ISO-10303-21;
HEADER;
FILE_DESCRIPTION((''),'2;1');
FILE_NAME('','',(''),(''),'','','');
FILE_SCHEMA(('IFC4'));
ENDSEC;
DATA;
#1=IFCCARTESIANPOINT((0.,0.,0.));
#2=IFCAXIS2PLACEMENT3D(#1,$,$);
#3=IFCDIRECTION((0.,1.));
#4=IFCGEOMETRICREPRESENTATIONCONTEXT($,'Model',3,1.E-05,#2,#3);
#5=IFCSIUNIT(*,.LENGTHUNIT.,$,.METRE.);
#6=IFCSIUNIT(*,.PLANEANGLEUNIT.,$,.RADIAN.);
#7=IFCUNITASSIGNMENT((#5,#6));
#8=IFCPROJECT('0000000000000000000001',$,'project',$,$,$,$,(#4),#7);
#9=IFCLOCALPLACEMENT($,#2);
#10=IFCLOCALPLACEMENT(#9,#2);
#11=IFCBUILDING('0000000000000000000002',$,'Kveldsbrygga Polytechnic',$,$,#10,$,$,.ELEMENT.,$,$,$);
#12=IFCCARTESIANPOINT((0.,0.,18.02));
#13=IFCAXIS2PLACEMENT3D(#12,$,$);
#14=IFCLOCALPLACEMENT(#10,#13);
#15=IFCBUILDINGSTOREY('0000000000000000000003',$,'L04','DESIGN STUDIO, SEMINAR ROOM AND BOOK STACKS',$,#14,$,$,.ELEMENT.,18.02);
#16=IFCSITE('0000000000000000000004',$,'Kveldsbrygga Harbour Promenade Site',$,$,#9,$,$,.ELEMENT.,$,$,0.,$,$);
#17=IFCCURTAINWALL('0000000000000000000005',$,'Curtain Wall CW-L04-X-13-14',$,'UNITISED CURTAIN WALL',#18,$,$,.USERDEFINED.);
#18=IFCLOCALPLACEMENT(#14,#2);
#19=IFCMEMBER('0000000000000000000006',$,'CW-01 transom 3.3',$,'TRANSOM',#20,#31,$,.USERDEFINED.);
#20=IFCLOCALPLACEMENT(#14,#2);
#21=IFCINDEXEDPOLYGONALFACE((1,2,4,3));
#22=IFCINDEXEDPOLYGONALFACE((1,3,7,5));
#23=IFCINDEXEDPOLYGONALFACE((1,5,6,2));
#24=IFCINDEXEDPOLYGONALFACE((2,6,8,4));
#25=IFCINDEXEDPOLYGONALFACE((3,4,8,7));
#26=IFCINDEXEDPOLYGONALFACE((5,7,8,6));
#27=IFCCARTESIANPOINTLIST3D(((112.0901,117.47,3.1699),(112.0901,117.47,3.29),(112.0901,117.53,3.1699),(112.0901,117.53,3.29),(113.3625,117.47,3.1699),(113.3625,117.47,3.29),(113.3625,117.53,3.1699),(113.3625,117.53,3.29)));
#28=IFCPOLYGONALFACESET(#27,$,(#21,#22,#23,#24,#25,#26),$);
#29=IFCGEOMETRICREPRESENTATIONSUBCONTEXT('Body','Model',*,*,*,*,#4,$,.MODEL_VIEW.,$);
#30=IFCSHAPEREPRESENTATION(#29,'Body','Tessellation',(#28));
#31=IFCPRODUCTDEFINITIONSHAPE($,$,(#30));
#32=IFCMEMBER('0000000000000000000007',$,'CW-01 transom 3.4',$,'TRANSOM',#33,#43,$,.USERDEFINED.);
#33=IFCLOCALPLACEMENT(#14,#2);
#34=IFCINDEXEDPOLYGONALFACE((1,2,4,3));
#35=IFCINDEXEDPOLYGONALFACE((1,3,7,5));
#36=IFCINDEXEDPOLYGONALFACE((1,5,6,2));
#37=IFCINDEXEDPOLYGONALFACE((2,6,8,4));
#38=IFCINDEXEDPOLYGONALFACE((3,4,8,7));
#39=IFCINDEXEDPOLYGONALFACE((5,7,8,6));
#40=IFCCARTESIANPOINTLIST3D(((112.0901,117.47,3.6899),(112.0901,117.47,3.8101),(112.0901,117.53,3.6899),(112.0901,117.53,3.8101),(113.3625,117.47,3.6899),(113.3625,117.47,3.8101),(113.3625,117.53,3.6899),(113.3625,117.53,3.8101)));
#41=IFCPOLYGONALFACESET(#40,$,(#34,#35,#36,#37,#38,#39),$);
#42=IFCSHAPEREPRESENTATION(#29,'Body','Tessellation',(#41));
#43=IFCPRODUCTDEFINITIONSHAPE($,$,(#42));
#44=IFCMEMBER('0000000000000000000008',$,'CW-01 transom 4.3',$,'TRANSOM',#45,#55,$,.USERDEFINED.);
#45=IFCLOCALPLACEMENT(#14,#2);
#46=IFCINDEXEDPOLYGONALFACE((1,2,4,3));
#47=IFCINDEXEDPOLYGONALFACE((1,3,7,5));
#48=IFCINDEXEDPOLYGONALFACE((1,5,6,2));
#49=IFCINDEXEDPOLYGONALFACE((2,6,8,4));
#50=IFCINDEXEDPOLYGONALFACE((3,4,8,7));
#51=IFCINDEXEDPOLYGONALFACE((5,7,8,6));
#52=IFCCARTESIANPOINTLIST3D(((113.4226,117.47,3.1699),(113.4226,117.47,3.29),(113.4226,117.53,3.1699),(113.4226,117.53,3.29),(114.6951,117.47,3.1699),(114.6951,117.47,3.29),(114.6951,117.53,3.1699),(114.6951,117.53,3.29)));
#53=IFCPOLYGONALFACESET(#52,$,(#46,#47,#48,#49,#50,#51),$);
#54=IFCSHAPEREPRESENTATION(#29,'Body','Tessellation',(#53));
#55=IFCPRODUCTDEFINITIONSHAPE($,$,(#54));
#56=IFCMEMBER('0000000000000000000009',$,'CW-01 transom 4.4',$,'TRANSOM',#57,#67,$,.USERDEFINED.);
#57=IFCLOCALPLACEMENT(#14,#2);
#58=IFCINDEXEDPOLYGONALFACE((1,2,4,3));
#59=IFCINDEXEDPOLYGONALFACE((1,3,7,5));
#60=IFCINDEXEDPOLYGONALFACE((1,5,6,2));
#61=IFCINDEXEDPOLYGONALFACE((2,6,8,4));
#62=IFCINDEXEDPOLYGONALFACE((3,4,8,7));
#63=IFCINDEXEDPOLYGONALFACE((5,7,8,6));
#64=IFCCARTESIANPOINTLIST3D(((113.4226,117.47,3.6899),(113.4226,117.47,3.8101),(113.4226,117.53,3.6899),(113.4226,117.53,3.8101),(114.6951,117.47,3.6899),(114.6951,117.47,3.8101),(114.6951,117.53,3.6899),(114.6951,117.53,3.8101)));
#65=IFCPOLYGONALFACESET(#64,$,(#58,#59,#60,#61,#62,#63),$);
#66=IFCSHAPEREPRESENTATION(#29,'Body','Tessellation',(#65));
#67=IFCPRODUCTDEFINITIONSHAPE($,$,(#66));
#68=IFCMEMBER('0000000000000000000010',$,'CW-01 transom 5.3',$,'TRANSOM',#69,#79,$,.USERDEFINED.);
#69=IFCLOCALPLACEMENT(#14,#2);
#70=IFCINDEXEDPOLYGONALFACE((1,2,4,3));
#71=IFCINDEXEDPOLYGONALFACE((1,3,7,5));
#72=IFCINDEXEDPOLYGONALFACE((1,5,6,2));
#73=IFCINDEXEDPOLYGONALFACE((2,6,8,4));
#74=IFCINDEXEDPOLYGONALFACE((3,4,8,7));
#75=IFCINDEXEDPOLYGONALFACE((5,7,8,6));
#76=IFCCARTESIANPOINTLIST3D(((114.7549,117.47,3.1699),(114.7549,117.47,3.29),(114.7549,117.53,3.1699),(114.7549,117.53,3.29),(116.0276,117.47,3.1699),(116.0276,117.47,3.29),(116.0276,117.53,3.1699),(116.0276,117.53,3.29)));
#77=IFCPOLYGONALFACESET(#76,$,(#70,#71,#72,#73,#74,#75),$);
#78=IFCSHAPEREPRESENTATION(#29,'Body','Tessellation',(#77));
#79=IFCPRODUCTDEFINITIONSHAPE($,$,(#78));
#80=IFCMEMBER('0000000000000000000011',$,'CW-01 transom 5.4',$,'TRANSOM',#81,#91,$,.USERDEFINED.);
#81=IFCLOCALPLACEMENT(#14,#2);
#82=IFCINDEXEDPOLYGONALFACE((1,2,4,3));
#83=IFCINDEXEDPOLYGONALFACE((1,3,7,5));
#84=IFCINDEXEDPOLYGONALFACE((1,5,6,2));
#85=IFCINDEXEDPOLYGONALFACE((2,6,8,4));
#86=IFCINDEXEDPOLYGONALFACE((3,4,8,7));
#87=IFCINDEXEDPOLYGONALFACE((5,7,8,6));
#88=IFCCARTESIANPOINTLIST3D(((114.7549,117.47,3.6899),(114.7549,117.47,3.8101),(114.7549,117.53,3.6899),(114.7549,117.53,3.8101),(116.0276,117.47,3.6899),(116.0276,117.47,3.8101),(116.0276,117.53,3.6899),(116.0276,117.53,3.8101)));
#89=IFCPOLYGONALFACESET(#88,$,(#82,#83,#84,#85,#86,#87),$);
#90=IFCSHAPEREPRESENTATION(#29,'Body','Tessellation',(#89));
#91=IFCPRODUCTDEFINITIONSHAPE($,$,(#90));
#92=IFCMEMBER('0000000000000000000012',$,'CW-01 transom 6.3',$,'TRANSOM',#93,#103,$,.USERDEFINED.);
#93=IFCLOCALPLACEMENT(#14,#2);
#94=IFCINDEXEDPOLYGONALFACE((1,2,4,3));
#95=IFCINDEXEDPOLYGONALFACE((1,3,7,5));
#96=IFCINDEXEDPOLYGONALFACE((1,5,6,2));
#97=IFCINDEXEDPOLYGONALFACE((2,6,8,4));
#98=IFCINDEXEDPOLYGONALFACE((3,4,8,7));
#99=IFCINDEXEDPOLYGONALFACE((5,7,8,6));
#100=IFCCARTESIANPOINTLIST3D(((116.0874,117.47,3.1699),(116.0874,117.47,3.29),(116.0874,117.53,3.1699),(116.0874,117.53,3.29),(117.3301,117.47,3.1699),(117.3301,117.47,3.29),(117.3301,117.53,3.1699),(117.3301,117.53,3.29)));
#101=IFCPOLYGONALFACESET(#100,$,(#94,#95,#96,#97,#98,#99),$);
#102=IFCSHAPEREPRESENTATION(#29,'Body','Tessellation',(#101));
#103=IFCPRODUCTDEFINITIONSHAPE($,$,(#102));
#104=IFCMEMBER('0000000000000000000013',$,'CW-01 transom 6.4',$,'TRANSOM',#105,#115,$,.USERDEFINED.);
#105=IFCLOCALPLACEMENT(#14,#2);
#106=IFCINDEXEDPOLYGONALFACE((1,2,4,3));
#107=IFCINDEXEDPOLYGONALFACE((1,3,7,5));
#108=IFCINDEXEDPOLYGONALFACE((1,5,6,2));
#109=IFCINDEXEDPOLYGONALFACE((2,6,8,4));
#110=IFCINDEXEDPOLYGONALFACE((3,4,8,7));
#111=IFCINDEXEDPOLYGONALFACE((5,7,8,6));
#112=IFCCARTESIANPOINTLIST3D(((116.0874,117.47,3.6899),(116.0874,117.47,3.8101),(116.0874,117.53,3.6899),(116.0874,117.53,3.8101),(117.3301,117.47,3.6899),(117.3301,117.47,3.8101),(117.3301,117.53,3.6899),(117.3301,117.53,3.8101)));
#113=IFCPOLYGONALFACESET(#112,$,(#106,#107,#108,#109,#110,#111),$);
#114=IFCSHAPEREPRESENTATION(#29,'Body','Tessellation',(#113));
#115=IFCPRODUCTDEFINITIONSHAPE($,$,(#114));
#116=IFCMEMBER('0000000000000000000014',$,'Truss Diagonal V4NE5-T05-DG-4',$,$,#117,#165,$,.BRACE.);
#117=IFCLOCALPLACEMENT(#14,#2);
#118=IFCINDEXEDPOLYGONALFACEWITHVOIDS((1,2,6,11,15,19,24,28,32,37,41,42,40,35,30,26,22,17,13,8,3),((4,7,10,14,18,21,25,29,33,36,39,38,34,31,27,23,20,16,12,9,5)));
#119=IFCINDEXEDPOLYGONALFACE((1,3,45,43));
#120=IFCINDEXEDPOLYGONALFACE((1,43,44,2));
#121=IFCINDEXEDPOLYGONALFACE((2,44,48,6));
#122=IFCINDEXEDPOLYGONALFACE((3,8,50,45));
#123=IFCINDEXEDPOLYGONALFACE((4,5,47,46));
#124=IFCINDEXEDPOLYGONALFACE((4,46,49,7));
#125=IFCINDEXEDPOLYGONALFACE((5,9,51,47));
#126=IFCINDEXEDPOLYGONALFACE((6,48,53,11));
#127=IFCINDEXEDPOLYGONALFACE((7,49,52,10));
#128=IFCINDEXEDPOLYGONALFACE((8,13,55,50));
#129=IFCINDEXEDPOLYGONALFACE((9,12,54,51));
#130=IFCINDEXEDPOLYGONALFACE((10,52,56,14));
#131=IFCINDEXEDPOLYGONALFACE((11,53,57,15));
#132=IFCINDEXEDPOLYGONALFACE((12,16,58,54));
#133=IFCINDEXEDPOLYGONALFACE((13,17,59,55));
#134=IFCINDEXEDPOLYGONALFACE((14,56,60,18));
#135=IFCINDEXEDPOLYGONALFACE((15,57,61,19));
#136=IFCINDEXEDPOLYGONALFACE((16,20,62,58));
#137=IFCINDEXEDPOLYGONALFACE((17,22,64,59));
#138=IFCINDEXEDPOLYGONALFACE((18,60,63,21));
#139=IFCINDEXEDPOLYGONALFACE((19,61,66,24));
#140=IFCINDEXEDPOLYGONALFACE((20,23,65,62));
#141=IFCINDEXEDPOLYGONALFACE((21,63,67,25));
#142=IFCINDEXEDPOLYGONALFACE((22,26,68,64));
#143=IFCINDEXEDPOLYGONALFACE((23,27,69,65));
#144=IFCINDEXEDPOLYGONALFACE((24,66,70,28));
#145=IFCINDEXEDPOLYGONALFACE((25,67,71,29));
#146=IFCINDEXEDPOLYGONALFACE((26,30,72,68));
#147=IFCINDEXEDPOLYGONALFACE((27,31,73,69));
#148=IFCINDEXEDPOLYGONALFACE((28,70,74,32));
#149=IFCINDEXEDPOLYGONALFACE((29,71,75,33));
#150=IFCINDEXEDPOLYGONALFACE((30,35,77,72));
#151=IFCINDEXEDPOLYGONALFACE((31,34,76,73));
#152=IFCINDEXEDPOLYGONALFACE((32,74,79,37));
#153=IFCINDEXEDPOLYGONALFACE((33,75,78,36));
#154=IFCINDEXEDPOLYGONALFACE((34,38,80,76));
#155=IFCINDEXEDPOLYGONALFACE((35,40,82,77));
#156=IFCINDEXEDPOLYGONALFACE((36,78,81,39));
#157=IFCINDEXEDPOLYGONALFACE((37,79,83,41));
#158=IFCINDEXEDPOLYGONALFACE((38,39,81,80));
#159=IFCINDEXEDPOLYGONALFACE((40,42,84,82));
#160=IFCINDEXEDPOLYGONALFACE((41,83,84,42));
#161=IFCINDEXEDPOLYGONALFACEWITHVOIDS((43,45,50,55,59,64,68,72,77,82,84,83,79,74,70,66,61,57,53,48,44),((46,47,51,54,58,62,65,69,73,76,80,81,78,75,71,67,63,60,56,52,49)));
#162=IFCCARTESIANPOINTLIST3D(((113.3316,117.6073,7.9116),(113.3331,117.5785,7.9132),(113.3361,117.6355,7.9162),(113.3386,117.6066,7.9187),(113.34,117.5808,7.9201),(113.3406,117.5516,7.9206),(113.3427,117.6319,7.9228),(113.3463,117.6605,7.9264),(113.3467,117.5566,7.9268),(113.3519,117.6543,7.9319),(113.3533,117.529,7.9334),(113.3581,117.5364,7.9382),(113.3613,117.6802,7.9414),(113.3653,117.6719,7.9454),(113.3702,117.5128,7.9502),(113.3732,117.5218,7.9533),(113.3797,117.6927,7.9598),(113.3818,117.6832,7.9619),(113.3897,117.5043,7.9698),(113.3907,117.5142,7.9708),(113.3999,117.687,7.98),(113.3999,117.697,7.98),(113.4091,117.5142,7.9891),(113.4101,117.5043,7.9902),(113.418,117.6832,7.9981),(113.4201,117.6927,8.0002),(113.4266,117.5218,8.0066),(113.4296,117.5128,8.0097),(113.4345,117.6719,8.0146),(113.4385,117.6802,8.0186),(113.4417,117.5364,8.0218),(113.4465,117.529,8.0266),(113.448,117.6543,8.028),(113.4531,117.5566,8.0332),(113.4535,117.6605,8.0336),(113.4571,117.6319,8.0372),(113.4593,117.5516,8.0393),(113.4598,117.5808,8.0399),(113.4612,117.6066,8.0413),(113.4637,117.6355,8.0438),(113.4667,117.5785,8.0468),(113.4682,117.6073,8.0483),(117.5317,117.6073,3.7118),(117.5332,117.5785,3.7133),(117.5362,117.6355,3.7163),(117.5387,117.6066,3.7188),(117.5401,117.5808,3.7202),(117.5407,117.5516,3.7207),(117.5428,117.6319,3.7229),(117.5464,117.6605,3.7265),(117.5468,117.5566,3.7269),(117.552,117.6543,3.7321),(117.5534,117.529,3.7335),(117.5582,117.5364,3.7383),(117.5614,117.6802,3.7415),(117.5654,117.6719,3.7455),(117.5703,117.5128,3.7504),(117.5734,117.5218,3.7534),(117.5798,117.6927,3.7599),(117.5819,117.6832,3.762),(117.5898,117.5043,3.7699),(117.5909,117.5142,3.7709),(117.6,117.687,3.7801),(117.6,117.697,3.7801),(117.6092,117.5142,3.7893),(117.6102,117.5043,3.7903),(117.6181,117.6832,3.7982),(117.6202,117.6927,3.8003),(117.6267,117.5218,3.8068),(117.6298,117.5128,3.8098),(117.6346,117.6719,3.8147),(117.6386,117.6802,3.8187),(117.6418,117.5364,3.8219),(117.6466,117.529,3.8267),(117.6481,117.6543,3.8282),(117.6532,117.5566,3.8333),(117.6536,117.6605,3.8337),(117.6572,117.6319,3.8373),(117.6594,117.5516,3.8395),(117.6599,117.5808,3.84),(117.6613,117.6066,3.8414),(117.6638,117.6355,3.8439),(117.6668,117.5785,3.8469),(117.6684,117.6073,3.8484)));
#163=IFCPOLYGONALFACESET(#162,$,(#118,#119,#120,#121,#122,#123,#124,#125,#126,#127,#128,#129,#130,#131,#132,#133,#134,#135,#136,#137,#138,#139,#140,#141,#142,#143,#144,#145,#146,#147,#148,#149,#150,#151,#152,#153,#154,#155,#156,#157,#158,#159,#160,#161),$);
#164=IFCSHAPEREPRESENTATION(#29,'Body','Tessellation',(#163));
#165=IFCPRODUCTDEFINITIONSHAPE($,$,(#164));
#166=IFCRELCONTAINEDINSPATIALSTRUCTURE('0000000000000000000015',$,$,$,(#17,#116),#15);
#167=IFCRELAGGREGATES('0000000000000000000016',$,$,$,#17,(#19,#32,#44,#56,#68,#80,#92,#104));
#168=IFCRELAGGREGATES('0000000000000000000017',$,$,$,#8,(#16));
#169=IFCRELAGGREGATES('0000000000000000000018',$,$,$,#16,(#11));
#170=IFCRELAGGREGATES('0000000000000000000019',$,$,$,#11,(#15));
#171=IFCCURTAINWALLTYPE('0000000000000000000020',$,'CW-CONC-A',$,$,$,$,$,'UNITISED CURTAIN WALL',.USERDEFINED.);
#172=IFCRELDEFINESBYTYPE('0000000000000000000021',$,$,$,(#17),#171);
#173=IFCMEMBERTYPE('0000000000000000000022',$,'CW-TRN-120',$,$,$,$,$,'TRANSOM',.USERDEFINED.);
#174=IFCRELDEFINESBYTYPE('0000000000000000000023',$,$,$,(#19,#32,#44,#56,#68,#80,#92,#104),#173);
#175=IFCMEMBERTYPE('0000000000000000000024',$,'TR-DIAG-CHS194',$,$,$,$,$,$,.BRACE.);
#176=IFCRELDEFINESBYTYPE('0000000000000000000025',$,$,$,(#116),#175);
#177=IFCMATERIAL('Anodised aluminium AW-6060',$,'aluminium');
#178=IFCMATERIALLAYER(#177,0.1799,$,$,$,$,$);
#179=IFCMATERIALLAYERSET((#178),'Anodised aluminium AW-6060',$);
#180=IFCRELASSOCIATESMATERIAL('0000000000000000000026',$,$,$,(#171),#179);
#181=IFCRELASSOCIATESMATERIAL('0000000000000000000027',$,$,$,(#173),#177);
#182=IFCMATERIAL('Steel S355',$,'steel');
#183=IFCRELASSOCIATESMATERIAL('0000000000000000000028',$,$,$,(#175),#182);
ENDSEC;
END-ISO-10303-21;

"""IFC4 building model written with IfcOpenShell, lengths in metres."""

from ifc_helpers import new_model, si_unit, direction, frame, origin, origin_2d, place, context, subcontext, project, spatial, rectangle, hollow_circle, extrude, material, layer, layer_set, material_profile, profile_set, type_object, element, aggregate, save


model = new_model("IFC4")

# Units and contexts
model_context = context("Model", 3, precision=1e-05, world=origin(), true_north=direction((0.0, 1.0)))
body_context = subcontext(model_context, "Body", "Model", "MODEL_VIEW")
ifc_project = project(units=[si_unit("LENGTHUNIT", "METRE"), si_unit("PLANEANGLEUNIT", "RADIAN")], contexts=[model_context])

# Site, building, storey
site_placement = place(None, origin())
site = spatial("IfcSite", under=ifc_project, at=site_placement, Name="Kveldsbrygga Harbour Promenade Site", CompositionType="ELEMENT", RefElevation=0.0)
building_placement = place(site_placement, origin())
building = spatial("IfcBuilding", under=site, at=building_placement, Name="Kveldsbrygga Polytechnic", CompositionType="ELEMENT")
storey_placement = place(building_placement, frame((0.0, 0.0, 18.02)))
storey = spatial("IfcBuildingStorey", under=building, at=storey_placement, Name="L04", Description="DESIGN STUDIO, SEMINAR ROOM AND BOOK STACKS", CompositionType="ELEMENT", Elevation=18.02)

# Curtain wall, members
ifc_material_1 = material(Name="Anodised aluminium AW-6060", Category="aluminium")
ifc_layer_1 = layer(ifc_material_1, 0.1799)
ifc_layer_set_1 = layer_set([ifc_layer_1], Name="Anodised aluminium AW-6060")
curtain_wall_type = type_object("IfcCurtainWallType", Name="CW-CONC-A", ElementType="UNITISED CURTAIN WALL", PredefinedType="USERDEFINED", material=ifc_layer_set_1)
curtain_wall_placement = place(storey_placement, origin())
curtain_wall = element("IfcCurtainWall", 1, at=curtain_wall_placement, inside=storey, type_object=curtain_wall_type, Name="Curtain Wall CW-L04-X-13-14", ObjectType="UNITISED CURTAIN WALL", PredefinedType="USERDEFINED")
ifc_material_profile_1 = material_profile(ifc_material_1, rectangle(XDim=0.0601, YDim=0.1201, at=origin_2d()), Name="ALU 60x120")
ifc_profile_set_1 = profile_set([ifc_material_profile_1], Name="Anodised aluminium AW-6060")
member_type_1 = type_object("IfcMemberType", Name="CW-TRN-120", ElementType="TRANSOM", PredefinedType="USERDEFINED", material=ifc_profile_set_1)
member_1_placement = place(storey_placement, frame((112.0901, 117.5, 3.23), z_axis=(1.0, 0.0, 0.0), x_axis=(0.0, 1.0, 0.0)))
member_1 = element("IfcMember", 2, at=member_1_placement, type_object=member_type_1, Name="CW-01 transom 3.3", ObjectType="TRANSOM", PredefinedType="USERDEFINED", context=body_context, shape_type="SweptSolid", body=[
    extrude(rectangle(XDim=0.0601, YDim=0.1201, at=origin_2d()), origin(), (0.0, 0.0, 1.0), 1.2725),
])
member_2_placement = place(storey_placement, frame((112.0901, 117.5, 3.75), z_axis=(1.0, 0.0, 0.0), x_axis=(0.0, 1.0, 0.0)))
member_2 = element("IfcMember", 3, at=member_2_placement, type_object=member_type_1, Name="CW-01 transom 3.4", ObjectType="TRANSOM", PredefinedType="USERDEFINED", context=body_context, shape_type="SweptSolid", body=[
    extrude(rectangle(XDim=0.0601, YDim=0.1201, at=origin_2d()), origin(), (0.0, 0.0, 1.0), 1.2725),
])
member_3_placement = place(storey_placement, frame((113.4226, 117.5, 3.23), z_axis=(1.0, 0.0, 0.0), x_axis=(0.0, 1.0, 0.0)))
member_3 = element("IfcMember", 4, at=member_3_placement, type_object=member_type_1, Name="CW-01 transom 4.3", ObjectType="TRANSOM", PredefinedType="USERDEFINED", context=body_context, shape_type="SweptSolid", body=[
    extrude(rectangle(XDim=0.0601, YDim=0.1201, at=origin_2d()), origin(), (0.0, 0.0, 1.0), 1.2725),
])
member_4_placement = place(storey_placement, frame((113.4226, 117.5, 3.75), z_axis=(1.0, 0.0, 0.0), x_axis=(0.0, 1.0, 0.0)))
member_4 = element("IfcMember", 5, at=member_4_placement, type_object=member_type_1, Name="CW-01 transom 4.4", ObjectType="TRANSOM", PredefinedType="USERDEFINED", context=body_context, shape_type="SweptSolid", body=[
    extrude(rectangle(XDim=0.0601, YDim=0.1201, at=origin_2d()), origin(), (0.0, 0.0, 1.0), 1.2725),
])
member_5_placement = place(storey_placement, frame((114.7549, 117.5, 3.23), z_axis=(1.0, 0.0, 0.0), x_axis=(0.0, 1.0, 0.0)))
member_5 = element("IfcMember", 6, at=member_5_placement, type_object=member_type_1, Name="CW-01 transom 5.3", ObjectType="TRANSOM", PredefinedType="USERDEFINED", context=body_context, shape_type="SweptSolid", body=[
    extrude(rectangle(XDim=0.0601, YDim=0.1201, at=origin_2d()), origin(), (0.0, 0.0, 1.0), 1.2727),
])
member_6_placement = place(storey_placement, frame((114.7549, 117.5, 3.75), z_axis=(1.0, 0.0, 0.0), x_axis=(0.0, 1.0, 0.0)))
member_6 = element("IfcMember", 7, at=member_6_placement, type_object=member_type_1, Name="CW-01 transom 5.4", ObjectType="TRANSOM", PredefinedType="USERDEFINED", context=body_context, shape_type="SweptSolid", body=[
    extrude(rectangle(XDim=0.0601, YDim=0.1201, at=origin_2d()), origin(), (0.0, 0.0, 1.0), 1.2727),
])
member_7_placement = place(storey_placement, frame((116.0874, 117.5, 3.23), z_axis=(1.0, 0.0, 0.0), x_axis=(0.0, 1.0, 0.0)))
member_7 = element("IfcMember", 8, at=member_7_placement, type_object=member_type_1, Name="CW-01 transom 6.3", ObjectType="TRANSOM", PredefinedType="USERDEFINED", context=body_context, shape_type="SweptSolid", body=[
    extrude(rectangle(XDim=0.0601, YDim=0.1201, at=origin_2d()), origin(), (0.0, 0.0, 1.0), 1.2427),
])
member_8_placement = place(storey_placement, frame((116.0874, 117.5, 3.75), z_axis=(1.0, 0.0, 0.0), x_axis=(0.0, 1.0, 0.0)))
member_8 = element("IfcMember", 9, at=member_8_placement, type_object=member_type_1, Name="CW-01 transom 6.4", ObjectType="TRANSOM", PredefinedType="USERDEFINED", context=body_context, shape_type="SweptSolid", body=[
    extrude(rectangle(XDim=0.0601, YDim=0.1201, at=origin_2d()), origin(), (0.0, 0.0, 1.0), 1.2427),
])

# Member
ifc_material_2 = material(Name="Steel S355", Category="steel")
ifc_material_profile_2 = material_profile(ifc_material_2, hollow_circle(Radius=0.0969, WallThickness=0.01, at=origin_2d()), Name="CHS 193.7x10.0")
ifc_profile_set_2 = profile_set([ifc_material_profile_2], Name="Steel S355")
member_type_2 = type_object("IfcMemberType", Name="TR-DIAG-CHS194", PredefinedType="BRACE", material=ifc_profile_set_2)
member_9_placement = place(storey_placement, frame((113.3999, 117.6001, 7.98), z_axis=(0.707127, 0.0, -0.707086), x_axis=(0.0, 1.0, 0.0)))
element("IfcMember", 10, at=member_9_placement, inside=storey, type_object=member_type_2, Name="Truss Diagonal V4NE5-T05-DG-4", PredefinedType="BRACE", context=body_context, shape_type="SweptSolid", body=[
    extrude(hollow_circle(Radius=0.0969, WallThickness=0.01, at=origin_2d()), origin(), (0.0, 0.0, 1.0), 5.9397),
])

aggregate(curtain_wall, [member_1, member_2, member_3, member_4, member_5, member_6, member_7, member_8])

save(model, "model.ifc")
